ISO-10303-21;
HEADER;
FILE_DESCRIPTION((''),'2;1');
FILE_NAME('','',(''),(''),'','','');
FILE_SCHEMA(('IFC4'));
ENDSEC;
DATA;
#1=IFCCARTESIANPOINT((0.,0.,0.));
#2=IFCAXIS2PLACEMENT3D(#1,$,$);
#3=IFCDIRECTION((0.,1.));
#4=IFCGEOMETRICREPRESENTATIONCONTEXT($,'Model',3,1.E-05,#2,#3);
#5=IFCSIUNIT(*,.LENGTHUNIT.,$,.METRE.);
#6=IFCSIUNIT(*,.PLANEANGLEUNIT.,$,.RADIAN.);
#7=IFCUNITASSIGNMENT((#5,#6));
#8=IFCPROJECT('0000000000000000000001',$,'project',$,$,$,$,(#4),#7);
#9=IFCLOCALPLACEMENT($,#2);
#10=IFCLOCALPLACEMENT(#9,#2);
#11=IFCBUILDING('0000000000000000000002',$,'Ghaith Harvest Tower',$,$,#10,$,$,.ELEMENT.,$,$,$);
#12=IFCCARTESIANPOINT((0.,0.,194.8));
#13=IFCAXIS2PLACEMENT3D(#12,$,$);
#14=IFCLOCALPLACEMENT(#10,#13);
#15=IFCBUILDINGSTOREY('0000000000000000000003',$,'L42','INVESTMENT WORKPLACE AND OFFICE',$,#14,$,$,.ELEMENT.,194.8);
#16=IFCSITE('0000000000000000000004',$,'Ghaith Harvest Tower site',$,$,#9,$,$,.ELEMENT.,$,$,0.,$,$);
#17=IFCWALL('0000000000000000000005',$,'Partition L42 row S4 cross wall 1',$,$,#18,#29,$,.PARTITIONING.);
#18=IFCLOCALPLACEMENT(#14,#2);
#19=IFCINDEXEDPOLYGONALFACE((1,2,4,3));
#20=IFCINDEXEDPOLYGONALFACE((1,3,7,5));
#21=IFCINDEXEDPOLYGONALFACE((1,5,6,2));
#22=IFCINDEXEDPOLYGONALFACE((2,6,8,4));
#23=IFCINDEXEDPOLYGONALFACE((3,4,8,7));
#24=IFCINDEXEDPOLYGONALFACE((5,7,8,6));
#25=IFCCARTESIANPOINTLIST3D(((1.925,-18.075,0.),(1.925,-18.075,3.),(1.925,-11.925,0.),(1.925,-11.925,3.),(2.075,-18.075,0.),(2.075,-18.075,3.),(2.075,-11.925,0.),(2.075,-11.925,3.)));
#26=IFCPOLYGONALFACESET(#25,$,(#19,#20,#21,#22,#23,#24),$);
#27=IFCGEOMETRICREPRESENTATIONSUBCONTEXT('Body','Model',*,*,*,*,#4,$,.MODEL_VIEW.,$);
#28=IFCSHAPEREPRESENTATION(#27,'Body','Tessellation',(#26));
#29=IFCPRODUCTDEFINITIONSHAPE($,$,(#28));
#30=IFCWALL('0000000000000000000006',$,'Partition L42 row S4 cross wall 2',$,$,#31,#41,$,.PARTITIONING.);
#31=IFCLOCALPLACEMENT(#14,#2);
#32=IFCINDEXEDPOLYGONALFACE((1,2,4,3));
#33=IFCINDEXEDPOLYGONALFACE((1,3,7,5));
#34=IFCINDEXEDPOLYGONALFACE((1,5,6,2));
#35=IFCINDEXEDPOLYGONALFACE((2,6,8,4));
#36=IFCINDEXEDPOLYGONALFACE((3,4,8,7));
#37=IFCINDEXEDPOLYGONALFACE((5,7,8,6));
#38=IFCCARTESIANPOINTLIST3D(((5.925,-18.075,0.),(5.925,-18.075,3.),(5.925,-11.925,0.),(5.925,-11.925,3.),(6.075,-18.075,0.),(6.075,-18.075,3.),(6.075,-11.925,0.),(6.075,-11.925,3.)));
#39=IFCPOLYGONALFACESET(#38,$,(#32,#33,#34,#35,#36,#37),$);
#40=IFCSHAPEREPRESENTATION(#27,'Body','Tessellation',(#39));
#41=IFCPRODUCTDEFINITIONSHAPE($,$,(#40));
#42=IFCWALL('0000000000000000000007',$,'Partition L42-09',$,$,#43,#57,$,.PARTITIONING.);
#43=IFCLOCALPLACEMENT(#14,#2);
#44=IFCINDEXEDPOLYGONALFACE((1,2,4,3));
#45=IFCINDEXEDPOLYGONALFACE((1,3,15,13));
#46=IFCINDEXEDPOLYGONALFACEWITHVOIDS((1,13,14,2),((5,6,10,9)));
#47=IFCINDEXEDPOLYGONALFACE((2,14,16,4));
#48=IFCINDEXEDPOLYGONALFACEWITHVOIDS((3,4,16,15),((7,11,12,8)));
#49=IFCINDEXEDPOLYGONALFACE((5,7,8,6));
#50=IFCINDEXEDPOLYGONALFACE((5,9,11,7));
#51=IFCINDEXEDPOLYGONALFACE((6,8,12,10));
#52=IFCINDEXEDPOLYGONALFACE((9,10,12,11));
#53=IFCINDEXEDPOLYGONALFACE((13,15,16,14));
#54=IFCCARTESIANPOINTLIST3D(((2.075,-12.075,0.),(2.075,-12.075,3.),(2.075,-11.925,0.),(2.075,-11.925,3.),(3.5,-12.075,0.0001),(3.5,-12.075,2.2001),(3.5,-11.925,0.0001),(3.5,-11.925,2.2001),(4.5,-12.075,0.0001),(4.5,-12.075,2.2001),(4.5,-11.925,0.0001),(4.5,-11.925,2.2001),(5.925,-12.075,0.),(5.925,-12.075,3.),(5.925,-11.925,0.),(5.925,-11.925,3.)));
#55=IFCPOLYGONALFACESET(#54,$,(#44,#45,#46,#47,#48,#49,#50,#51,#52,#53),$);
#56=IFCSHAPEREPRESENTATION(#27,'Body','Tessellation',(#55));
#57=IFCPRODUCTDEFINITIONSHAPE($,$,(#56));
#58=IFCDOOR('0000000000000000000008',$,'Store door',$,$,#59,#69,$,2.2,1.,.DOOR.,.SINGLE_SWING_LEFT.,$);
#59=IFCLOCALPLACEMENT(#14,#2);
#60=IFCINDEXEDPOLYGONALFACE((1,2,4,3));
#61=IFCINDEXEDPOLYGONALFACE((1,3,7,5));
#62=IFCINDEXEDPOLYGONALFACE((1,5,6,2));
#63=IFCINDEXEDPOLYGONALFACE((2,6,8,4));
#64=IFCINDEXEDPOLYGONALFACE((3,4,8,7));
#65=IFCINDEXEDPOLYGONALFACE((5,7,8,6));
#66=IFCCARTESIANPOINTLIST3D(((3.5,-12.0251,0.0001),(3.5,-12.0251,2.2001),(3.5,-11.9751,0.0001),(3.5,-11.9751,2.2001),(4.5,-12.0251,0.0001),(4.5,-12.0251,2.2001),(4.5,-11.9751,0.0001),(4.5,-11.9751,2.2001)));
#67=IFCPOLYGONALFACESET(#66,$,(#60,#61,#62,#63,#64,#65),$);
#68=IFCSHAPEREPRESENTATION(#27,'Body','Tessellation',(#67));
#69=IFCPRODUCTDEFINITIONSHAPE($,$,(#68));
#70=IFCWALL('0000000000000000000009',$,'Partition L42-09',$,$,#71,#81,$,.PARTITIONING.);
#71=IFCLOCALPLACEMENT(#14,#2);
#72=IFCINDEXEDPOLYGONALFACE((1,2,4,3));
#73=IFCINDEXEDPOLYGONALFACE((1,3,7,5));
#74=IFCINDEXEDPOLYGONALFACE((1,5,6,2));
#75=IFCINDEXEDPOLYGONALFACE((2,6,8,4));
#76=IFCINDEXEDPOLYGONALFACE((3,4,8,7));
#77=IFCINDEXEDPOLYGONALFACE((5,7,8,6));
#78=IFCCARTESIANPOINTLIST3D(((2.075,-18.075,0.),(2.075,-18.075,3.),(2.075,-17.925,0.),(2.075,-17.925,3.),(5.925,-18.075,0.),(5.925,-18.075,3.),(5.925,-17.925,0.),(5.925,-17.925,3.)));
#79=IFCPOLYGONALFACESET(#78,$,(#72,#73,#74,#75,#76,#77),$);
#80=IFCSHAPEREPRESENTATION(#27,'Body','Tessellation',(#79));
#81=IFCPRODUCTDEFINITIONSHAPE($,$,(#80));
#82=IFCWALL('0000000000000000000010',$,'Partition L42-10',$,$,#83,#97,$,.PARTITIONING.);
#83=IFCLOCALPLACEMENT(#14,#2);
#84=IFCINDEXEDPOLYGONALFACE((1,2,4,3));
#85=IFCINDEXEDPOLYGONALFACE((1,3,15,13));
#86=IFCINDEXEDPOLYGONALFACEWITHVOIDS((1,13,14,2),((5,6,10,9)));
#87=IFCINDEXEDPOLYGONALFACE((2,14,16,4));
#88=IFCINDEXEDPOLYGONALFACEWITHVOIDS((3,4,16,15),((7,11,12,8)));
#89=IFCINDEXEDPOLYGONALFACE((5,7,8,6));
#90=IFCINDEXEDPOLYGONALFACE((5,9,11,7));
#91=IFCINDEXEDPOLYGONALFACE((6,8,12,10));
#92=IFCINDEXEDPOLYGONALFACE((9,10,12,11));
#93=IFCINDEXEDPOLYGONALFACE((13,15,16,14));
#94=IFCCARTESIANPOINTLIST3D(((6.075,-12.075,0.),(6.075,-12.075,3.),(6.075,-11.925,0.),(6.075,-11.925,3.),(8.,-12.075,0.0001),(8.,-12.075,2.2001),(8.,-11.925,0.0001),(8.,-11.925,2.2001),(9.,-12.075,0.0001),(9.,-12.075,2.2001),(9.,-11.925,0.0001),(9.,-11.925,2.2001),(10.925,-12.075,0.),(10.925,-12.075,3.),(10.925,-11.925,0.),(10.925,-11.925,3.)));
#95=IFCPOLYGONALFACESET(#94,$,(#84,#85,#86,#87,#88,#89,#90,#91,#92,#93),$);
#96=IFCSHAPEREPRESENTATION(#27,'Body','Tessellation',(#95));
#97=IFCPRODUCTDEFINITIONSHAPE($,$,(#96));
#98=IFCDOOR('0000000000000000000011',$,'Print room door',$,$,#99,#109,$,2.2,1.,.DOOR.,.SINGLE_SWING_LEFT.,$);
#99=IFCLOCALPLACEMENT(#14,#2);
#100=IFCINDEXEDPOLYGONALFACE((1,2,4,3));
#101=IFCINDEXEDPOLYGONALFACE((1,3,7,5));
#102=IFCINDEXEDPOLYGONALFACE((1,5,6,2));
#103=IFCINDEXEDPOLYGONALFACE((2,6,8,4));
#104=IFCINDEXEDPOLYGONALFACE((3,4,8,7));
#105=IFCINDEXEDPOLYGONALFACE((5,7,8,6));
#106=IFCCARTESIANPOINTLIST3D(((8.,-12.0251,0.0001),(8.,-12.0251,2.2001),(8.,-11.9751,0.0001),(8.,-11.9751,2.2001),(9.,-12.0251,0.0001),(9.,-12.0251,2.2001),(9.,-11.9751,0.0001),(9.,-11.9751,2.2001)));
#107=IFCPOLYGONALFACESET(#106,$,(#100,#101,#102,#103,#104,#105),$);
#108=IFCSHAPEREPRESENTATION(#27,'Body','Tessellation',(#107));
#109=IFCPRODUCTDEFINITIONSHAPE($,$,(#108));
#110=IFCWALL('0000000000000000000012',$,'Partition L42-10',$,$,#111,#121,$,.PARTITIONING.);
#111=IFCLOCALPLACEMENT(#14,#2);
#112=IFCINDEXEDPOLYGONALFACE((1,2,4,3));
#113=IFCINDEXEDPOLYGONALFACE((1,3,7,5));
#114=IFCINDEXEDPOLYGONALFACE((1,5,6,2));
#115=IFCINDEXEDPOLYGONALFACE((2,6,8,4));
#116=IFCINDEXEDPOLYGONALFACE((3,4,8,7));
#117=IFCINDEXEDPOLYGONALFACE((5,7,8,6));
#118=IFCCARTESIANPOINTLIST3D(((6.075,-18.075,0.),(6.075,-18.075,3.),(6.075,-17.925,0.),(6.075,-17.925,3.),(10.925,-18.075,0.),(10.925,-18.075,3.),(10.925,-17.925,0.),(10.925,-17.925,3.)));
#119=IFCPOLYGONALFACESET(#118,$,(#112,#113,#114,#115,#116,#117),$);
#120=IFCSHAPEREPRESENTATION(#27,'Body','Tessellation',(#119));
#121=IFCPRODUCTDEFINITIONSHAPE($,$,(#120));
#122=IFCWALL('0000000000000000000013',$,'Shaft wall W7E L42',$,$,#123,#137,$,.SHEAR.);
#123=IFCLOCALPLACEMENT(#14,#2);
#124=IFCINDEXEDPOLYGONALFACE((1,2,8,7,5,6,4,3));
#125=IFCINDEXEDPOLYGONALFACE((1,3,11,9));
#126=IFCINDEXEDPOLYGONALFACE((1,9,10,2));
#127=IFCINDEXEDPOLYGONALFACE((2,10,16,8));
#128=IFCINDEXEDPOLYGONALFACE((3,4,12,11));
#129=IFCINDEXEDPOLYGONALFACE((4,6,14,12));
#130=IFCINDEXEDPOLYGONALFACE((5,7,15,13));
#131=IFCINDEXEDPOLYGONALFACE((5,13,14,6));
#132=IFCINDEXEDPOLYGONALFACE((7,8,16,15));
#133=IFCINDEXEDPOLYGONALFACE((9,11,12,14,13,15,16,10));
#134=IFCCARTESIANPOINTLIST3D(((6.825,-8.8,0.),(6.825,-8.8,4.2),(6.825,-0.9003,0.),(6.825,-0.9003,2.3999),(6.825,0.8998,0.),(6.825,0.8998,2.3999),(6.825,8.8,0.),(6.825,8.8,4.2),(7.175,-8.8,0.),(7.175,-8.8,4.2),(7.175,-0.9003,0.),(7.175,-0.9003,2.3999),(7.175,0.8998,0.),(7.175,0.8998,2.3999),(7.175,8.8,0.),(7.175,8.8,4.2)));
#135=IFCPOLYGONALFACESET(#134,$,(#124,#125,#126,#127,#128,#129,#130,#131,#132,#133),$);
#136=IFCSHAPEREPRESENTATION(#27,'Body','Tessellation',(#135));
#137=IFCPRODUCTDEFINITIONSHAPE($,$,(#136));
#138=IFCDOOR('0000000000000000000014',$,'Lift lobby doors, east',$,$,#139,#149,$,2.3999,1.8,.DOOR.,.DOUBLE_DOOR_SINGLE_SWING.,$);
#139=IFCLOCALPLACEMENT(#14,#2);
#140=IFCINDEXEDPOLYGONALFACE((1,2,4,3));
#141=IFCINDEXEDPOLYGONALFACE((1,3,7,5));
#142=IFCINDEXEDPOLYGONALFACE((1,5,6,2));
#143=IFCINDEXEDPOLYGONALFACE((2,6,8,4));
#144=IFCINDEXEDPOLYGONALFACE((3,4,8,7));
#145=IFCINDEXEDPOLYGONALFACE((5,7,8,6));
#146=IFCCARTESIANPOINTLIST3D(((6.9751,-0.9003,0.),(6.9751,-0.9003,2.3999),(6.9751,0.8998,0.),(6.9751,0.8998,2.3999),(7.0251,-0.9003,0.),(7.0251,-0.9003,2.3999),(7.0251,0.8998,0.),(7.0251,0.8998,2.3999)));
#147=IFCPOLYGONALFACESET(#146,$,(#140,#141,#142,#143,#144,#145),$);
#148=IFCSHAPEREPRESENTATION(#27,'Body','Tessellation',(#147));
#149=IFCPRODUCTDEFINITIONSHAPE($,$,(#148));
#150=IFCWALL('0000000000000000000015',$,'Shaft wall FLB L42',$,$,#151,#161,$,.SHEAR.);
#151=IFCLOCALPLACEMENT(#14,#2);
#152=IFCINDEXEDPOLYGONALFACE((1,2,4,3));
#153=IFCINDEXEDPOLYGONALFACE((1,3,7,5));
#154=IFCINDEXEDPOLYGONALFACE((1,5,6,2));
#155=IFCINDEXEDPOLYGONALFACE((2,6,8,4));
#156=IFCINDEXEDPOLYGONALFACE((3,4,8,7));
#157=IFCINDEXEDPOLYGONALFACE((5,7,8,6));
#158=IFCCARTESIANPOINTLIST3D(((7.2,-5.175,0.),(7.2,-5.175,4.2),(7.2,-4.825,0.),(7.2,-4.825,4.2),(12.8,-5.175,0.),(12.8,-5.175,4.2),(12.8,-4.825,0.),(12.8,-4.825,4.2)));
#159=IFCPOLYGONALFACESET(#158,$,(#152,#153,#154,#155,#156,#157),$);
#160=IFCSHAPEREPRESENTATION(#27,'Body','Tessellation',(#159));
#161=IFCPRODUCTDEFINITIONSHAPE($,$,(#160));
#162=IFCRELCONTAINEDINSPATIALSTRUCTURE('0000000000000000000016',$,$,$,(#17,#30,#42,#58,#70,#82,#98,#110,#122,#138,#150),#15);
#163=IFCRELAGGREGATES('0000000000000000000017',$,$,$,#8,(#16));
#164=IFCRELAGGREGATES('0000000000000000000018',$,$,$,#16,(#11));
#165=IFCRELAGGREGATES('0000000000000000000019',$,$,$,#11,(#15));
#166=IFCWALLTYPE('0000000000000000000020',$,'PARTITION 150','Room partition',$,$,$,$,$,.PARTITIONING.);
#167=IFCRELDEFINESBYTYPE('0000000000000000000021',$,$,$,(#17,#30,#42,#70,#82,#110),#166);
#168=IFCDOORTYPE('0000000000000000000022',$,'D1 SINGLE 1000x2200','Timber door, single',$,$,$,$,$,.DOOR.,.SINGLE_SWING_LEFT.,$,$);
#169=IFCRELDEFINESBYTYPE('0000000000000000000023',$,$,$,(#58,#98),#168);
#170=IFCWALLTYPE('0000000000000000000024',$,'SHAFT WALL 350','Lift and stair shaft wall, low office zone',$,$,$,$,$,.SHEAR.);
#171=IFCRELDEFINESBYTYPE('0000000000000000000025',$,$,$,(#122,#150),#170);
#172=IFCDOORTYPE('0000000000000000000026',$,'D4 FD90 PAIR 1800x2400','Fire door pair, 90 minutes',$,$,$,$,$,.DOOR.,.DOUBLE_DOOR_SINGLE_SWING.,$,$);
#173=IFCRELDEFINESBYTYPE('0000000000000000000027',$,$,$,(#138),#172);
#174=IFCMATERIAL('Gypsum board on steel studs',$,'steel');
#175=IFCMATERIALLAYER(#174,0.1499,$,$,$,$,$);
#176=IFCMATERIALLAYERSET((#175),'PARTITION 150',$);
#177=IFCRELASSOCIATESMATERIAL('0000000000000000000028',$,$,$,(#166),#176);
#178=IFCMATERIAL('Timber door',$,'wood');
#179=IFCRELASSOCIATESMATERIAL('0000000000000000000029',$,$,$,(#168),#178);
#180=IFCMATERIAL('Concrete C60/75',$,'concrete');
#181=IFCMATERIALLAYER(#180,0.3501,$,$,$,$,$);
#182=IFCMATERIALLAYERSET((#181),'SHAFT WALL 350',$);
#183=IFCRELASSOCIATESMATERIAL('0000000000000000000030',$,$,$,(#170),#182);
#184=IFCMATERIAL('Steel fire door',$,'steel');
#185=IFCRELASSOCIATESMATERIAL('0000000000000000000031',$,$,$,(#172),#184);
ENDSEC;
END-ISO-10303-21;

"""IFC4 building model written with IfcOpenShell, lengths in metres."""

from ifc_helpers import new_model, si_unit, direction, frame, frame_2d, origin, place, context, subcontext, project, spatial, rectangle, extrude, material, layer, layer_set, type_object, element, fill, save


model = new_model("IFC4")

# Units and contexts
model_context = context("Model", 3, precision=1e-05, world=origin(), true_north=direction((0.0, 1.0)))
body_context = subcontext(model_context, "Body", "Model", "MODEL_VIEW")
ifc_project = project(units=[si_unit("LENGTHUNIT", "METRE"), si_unit("PLANEANGLEUNIT", "RADIAN")], contexts=[model_context])

# Site, building, storey
site_placement = place(None, origin())
site = spatial("IfcSite", under=ifc_project, at=site_placement, Name="Ghaith Harvest Tower site", CompositionType="ELEMENT", RefElevation=0.0)
building_placement = place(site_placement, origin())
building = spatial("IfcBuilding", under=site, at=building_placement, Name="Ghaith Harvest Tower", CompositionType="ELEMENT")
storey_placement = place(building_placement, frame((0.0, 0.0, 194.8)))
storey = spatial("IfcBuildingStorey", under=building, at=storey_placement, Name="L42", Description="INVESTMENT WORKPLACE AND OFFICE", CompositionType="ELEMENT", Elevation=194.8)

# Walls
ifc_material_1 = material(Name="Gypsum board on steel studs", Category="steel")
ifc_layer_1 = layer(ifc_material_1, 0.1499)
ifc_layer_set_1 = layer_set([ifc_layer_1], Name="PARTITION 150")
wall_type_1 = type_object("IfcWallType", Name="PARTITION 150", Description="Room partition", PredefinedType="PARTITIONING", material=ifc_layer_set_1)
for number, where, z_axis, x_axis, name in (
    (1, (2.0, -11.925, 0.0), (0.0, 0.0, 1.0), (0.0, -1.0, 0.0), "Partition L42 row S4 cross wall 1"),
    (2, (6.0, -11.925, 0.0), (0.0, 0.0, 1.0), (0.0, -1.0, 0.0), "Partition L42 row S4 cross wall 2"),
):
    element("IfcWall", number, at=place(storey_placement, frame(where, z_axis=z_axis, x_axis=x_axis)), inside=storey, type_object=wall_type_1, Name=name, PredefinedType="PARTITIONING", context=body_context, shape_type="SweptSolid", body=[
        extrude(rectangle(XDim=6.1499, YDim=0.1499, at=frame_2d((3.075, 0.0))), origin(), (0.0, 0.0, 1.0), 3.0),
    ])

# Wall, opening, door
wall_1_placement = place(storey_placement, frame((2.075, -12.0, 0.0), z_axis=(0.0, 0.0, 1.0), x_axis=(1.0, 0.0, 0.0)))
wall_1 = element("IfcWall", 3, at=wall_1_placement, inside=storey, type_object=wall_type_1, Name="Partition L42-09", PredefinedType="PARTITIONING", context=body_context, shape_type="SweptSolid", body=[
    extrude(rectangle(XDim=3.8501, YDim=0.1499, at=frame_2d((1.925, 0.0))), origin(), (0.0, 0.0, 1.0), 3.0),
])
opening_1_placement = place(wall_1_placement, frame((1.425, 0.0, 0.0)))
opening_1 = element("IfcOpeningElement", 4, at=opening_1_placement, cuts=wall_1, PredefinedType="OPENING", context=body_context, shape_type="SweptSolid", body=[
    extrude(rectangle(XDim=1.0, YDim=2.2, at=frame_2d((0.5, 1.1001))), frame((0.0, 0.085, 0.0), z_axis=(0.0, -1.0, 0.0), x_axis=(1.0, 0.0, 0.0)), (0.0, 0.0, 1.0), 0.1699),
])
ifc_material_2 = material(Name="Timber door", Category="wood")
door_type_1 = type_object("IfcDoorType", Name="D1 SINGLE 1000x2200", Description="Timber door, single", OperationType="SINGLE_SWING_LEFT", PredefinedType="DOOR", material=ifc_material_2)
door_1_placement = place(opening_1_placement, origin())
door_1 = element("IfcDoor", 5, at=door_1_placement, inside=storey, type_object=door_type_1, Name="Store door", OperationType="SINGLE_SWING_LEFT", OverallHeight=2.2, OverallWidth=1.0, PredefinedType="DOOR", context=body_context, shape_type="SweptSolid", body=[
    extrude(rectangle(XDim=1.0, YDim=2.2, at=frame_2d((0.5, 1.1001))), frame((0.0, 0.0249, 0.0), z_axis=(0.0, -1.0, 0.0), x_axis=(1.0, 0.0, 0.0)), (0.0, 0.0, 1.0), 0.05),
])
fill(opening_1, door_1)

# Wall
wall_2_placement = place(storey_placement, frame((2.075, -18.0, 0.0), z_axis=(0.0, 0.0, 1.0), x_axis=(1.0, 0.0, 0.0)))
element("IfcWall", 6, at=wall_2_placement, inside=storey, type_object=wall_type_1, Name="Partition L42-09", PredefinedType="PARTITIONING", context=body_context, shape_type="SweptSolid", body=[
    extrude(rectangle(XDim=3.8501, YDim=0.1499, at=frame_2d((1.925, 0.0))), origin(), (0.0, 0.0, 1.0), 3.0),
])

# Wall, opening, door
wall_3_placement = place(storey_placement, frame((6.075, -12.0, 0.0), z_axis=(0.0, 0.0, 1.0), x_axis=(1.0, 0.0, 0.0)))
wall_3 = element("IfcWall", 7, at=wall_3_placement, inside=storey, type_object=wall_type_1, Name="Partition L42-10", PredefinedType="PARTITIONING", context=body_context, shape_type="SweptSolid", body=[
    extrude(rectangle(XDim=4.8501, YDim=0.1499, at=frame_2d((2.425, 0.0))), origin(), (0.0, 0.0, 1.0), 3.0),
])
opening_2_placement = place(wall_3_placement, frame((1.925, 0.0, 0.0)))
opening_2 = element("IfcOpeningElement", 8, at=opening_2_placement, cuts=wall_3, PredefinedType="OPENING", context=body_context, shape_type="SweptSolid", body=[
    extrude(rectangle(XDim=1.0, YDim=2.2, at=frame_2d((0.5, 1.1001))), frame((0.0, 0.085, 0.0), z_axis=(0.0, -1.0, 0.0), x_axis=(1.0, 0.0, 0.0)), (0.0, 0.0, 1.0), 0.1699),
])
door_2_placement = place(opening_2_placement, origin())
door_2 = element("IfcDoor", 9, at=door_2_placement, inside=storey, type_object=door_type_1, Name="Print room door", OperationType="SINGLE_SWING_LEFT", OverallHeight=2.2, OverallWidth=1.0, PredefinedType="DOOR", context=body_context, shape_type="SweptSolid", body=[
    extrude(rectangle(XDim=1.0, YDim=2.2, at=frame_2d((0.5, 1.1001))), frame((0.0, 0.0249, 0.0), z_axis=(0.0, -1.0, 0.0), x_axis=(1.0, 0.0, 0.0)), (0.0, 0.0, 1.0), 0.05),
])
fill(opening_2, door_2)

# Wall
wall_4_placement = place(storey_placement, frame((6.075, -18.0, 0.0), z_axis=(0.0, 0.0, 1.0), x_axis=(1.0, 0.0, 0.0)))
element("IfcWall", 10, at=wall_4_placement, inside=storey, type_object=wall_type_1, Name="Partition L42-10", PredefinedType="PARTITIONING", context=body_context, shape_type="SweptSolid", body=[
    extrude(rectangle(XDim=4.8501, YDim=0.1499, at=frame_2d((2.425, 0.0))), origin(), (0.0, 0.0, 1.0), 3.0),
])

# Wall, opening, door
ifc_material_3 = material(Name="Concrete C60/75", Category="concrete")
ifc_layer_2 = layer(ifc_material_3, 0.3501)
ifc_layer_set_2 = layer_set([ifc_layer_2], Name="SHAFT WALL 350")
wall_type_2 = type_object("IfcWallType", Name="SHAFT WALL 350", Description="Lift and stair shaft wall, low office zone", PredefinedType="SHEAR", material=ifc_layer_set_2)
wall_5_placement = place(storey_placement, frame((7.0, -8.8, 0.0), z_axis=(0.0, 0.0, 1.0), x_axis=(0.0, 1.0, 0.0)))
wall_5 = element("IfcWall", 11, at=wall_5_placement, inside=storey, type_object=wall_type_2, Name="Shaft wall W7E L42", PredefinedType="SHEAR", context=body_context, shape_type="SweptSolid", body=[
    extrude(rectangle(XDim=17.6001, YDim=0.3501, at=frame_2d((8.8, 0.0))), origin(), (0.0, 0.0, 1.0), 4.2),
])
opening_3_placement = place(wall_5_placement, frame((7.8999, 0.0, 0.0)))
opening_3 = element("IfcOpeningElement", 12, at=opening_3_placement, cuts=wall_5, PredefinedType="OPENING", context=body_context, shape_type="SweptSolid", body=[
    extrude(rectangle(XDim=1.8, YDim=2.3999, at=frame_2d((0.8999, 1.2))), frame((0.0, 0.1851, 0.0), z_axis=(0.0, -1.0, 0.0), x_axis=(1.0, 0.0, 0.0)), (0.0, 0.0, 1.0), 0.3701),
])
ifc_material_4 = material(Name="Steel fire door", Category="steel")
door_type_2 = type_object("IfcDoorType", Name="D4 FD90 PAIR 1800x2400", Description="Fire door pair, 90 minutes", OperationType="DOUBLE_DOOR_SINGLE_SWING", PredefinedType="DOOR", material=ifc_material_4)
door_3_placement = place(opening_3_placement, origin())
door_3 = element("IfcDoor", 13, at=door_3_placement, inside=storey, type_object=door_type_2, Name="Lift lobby doors, east", OperationType="DOUBLE_DOOR_SINGLE_SWING", OverallHeight=2.3999, OverallWidth=1.8, PredefinedType="DOOR", context=body_context, shape_type="SweptSolid", body=[
    extrude(rectangle(XDim=1.8, YDim=2.3999, at=frame_2d((0.8999, 1.2))), frame((0.0, 0.0249, 0.0), z_axis=(0.0, -1.0, 0.0), x_axis=(1.0, 0.0, 0.0)), (0.0, 0.0, 1.0), 0.05),
])
fill(opening_3, door_3)

# Wall
wall_6_placement = place(storey_placement, frame((7.2, -5.0, 0.0), z_axis=(0.0, 0.0, 1.0), x_axis=(1.0, 0.0, 0.0)))
element("IfcWall", 14, at=wall_6_placement, inside=storey, type_object=wall_type_2, Name="Shaft wall FLB L42", PredefinedType="SHEAR", context=body_context, shape_type="SweptSolid", body=[
    extrude(rectangle(XDim=5.6001, YDim=0.3501, at=frame_2d((2.8, 0.0))), origin(), (0.0, 0.0, 1.0), 4.2),
])

save(model, "model.ifc")
